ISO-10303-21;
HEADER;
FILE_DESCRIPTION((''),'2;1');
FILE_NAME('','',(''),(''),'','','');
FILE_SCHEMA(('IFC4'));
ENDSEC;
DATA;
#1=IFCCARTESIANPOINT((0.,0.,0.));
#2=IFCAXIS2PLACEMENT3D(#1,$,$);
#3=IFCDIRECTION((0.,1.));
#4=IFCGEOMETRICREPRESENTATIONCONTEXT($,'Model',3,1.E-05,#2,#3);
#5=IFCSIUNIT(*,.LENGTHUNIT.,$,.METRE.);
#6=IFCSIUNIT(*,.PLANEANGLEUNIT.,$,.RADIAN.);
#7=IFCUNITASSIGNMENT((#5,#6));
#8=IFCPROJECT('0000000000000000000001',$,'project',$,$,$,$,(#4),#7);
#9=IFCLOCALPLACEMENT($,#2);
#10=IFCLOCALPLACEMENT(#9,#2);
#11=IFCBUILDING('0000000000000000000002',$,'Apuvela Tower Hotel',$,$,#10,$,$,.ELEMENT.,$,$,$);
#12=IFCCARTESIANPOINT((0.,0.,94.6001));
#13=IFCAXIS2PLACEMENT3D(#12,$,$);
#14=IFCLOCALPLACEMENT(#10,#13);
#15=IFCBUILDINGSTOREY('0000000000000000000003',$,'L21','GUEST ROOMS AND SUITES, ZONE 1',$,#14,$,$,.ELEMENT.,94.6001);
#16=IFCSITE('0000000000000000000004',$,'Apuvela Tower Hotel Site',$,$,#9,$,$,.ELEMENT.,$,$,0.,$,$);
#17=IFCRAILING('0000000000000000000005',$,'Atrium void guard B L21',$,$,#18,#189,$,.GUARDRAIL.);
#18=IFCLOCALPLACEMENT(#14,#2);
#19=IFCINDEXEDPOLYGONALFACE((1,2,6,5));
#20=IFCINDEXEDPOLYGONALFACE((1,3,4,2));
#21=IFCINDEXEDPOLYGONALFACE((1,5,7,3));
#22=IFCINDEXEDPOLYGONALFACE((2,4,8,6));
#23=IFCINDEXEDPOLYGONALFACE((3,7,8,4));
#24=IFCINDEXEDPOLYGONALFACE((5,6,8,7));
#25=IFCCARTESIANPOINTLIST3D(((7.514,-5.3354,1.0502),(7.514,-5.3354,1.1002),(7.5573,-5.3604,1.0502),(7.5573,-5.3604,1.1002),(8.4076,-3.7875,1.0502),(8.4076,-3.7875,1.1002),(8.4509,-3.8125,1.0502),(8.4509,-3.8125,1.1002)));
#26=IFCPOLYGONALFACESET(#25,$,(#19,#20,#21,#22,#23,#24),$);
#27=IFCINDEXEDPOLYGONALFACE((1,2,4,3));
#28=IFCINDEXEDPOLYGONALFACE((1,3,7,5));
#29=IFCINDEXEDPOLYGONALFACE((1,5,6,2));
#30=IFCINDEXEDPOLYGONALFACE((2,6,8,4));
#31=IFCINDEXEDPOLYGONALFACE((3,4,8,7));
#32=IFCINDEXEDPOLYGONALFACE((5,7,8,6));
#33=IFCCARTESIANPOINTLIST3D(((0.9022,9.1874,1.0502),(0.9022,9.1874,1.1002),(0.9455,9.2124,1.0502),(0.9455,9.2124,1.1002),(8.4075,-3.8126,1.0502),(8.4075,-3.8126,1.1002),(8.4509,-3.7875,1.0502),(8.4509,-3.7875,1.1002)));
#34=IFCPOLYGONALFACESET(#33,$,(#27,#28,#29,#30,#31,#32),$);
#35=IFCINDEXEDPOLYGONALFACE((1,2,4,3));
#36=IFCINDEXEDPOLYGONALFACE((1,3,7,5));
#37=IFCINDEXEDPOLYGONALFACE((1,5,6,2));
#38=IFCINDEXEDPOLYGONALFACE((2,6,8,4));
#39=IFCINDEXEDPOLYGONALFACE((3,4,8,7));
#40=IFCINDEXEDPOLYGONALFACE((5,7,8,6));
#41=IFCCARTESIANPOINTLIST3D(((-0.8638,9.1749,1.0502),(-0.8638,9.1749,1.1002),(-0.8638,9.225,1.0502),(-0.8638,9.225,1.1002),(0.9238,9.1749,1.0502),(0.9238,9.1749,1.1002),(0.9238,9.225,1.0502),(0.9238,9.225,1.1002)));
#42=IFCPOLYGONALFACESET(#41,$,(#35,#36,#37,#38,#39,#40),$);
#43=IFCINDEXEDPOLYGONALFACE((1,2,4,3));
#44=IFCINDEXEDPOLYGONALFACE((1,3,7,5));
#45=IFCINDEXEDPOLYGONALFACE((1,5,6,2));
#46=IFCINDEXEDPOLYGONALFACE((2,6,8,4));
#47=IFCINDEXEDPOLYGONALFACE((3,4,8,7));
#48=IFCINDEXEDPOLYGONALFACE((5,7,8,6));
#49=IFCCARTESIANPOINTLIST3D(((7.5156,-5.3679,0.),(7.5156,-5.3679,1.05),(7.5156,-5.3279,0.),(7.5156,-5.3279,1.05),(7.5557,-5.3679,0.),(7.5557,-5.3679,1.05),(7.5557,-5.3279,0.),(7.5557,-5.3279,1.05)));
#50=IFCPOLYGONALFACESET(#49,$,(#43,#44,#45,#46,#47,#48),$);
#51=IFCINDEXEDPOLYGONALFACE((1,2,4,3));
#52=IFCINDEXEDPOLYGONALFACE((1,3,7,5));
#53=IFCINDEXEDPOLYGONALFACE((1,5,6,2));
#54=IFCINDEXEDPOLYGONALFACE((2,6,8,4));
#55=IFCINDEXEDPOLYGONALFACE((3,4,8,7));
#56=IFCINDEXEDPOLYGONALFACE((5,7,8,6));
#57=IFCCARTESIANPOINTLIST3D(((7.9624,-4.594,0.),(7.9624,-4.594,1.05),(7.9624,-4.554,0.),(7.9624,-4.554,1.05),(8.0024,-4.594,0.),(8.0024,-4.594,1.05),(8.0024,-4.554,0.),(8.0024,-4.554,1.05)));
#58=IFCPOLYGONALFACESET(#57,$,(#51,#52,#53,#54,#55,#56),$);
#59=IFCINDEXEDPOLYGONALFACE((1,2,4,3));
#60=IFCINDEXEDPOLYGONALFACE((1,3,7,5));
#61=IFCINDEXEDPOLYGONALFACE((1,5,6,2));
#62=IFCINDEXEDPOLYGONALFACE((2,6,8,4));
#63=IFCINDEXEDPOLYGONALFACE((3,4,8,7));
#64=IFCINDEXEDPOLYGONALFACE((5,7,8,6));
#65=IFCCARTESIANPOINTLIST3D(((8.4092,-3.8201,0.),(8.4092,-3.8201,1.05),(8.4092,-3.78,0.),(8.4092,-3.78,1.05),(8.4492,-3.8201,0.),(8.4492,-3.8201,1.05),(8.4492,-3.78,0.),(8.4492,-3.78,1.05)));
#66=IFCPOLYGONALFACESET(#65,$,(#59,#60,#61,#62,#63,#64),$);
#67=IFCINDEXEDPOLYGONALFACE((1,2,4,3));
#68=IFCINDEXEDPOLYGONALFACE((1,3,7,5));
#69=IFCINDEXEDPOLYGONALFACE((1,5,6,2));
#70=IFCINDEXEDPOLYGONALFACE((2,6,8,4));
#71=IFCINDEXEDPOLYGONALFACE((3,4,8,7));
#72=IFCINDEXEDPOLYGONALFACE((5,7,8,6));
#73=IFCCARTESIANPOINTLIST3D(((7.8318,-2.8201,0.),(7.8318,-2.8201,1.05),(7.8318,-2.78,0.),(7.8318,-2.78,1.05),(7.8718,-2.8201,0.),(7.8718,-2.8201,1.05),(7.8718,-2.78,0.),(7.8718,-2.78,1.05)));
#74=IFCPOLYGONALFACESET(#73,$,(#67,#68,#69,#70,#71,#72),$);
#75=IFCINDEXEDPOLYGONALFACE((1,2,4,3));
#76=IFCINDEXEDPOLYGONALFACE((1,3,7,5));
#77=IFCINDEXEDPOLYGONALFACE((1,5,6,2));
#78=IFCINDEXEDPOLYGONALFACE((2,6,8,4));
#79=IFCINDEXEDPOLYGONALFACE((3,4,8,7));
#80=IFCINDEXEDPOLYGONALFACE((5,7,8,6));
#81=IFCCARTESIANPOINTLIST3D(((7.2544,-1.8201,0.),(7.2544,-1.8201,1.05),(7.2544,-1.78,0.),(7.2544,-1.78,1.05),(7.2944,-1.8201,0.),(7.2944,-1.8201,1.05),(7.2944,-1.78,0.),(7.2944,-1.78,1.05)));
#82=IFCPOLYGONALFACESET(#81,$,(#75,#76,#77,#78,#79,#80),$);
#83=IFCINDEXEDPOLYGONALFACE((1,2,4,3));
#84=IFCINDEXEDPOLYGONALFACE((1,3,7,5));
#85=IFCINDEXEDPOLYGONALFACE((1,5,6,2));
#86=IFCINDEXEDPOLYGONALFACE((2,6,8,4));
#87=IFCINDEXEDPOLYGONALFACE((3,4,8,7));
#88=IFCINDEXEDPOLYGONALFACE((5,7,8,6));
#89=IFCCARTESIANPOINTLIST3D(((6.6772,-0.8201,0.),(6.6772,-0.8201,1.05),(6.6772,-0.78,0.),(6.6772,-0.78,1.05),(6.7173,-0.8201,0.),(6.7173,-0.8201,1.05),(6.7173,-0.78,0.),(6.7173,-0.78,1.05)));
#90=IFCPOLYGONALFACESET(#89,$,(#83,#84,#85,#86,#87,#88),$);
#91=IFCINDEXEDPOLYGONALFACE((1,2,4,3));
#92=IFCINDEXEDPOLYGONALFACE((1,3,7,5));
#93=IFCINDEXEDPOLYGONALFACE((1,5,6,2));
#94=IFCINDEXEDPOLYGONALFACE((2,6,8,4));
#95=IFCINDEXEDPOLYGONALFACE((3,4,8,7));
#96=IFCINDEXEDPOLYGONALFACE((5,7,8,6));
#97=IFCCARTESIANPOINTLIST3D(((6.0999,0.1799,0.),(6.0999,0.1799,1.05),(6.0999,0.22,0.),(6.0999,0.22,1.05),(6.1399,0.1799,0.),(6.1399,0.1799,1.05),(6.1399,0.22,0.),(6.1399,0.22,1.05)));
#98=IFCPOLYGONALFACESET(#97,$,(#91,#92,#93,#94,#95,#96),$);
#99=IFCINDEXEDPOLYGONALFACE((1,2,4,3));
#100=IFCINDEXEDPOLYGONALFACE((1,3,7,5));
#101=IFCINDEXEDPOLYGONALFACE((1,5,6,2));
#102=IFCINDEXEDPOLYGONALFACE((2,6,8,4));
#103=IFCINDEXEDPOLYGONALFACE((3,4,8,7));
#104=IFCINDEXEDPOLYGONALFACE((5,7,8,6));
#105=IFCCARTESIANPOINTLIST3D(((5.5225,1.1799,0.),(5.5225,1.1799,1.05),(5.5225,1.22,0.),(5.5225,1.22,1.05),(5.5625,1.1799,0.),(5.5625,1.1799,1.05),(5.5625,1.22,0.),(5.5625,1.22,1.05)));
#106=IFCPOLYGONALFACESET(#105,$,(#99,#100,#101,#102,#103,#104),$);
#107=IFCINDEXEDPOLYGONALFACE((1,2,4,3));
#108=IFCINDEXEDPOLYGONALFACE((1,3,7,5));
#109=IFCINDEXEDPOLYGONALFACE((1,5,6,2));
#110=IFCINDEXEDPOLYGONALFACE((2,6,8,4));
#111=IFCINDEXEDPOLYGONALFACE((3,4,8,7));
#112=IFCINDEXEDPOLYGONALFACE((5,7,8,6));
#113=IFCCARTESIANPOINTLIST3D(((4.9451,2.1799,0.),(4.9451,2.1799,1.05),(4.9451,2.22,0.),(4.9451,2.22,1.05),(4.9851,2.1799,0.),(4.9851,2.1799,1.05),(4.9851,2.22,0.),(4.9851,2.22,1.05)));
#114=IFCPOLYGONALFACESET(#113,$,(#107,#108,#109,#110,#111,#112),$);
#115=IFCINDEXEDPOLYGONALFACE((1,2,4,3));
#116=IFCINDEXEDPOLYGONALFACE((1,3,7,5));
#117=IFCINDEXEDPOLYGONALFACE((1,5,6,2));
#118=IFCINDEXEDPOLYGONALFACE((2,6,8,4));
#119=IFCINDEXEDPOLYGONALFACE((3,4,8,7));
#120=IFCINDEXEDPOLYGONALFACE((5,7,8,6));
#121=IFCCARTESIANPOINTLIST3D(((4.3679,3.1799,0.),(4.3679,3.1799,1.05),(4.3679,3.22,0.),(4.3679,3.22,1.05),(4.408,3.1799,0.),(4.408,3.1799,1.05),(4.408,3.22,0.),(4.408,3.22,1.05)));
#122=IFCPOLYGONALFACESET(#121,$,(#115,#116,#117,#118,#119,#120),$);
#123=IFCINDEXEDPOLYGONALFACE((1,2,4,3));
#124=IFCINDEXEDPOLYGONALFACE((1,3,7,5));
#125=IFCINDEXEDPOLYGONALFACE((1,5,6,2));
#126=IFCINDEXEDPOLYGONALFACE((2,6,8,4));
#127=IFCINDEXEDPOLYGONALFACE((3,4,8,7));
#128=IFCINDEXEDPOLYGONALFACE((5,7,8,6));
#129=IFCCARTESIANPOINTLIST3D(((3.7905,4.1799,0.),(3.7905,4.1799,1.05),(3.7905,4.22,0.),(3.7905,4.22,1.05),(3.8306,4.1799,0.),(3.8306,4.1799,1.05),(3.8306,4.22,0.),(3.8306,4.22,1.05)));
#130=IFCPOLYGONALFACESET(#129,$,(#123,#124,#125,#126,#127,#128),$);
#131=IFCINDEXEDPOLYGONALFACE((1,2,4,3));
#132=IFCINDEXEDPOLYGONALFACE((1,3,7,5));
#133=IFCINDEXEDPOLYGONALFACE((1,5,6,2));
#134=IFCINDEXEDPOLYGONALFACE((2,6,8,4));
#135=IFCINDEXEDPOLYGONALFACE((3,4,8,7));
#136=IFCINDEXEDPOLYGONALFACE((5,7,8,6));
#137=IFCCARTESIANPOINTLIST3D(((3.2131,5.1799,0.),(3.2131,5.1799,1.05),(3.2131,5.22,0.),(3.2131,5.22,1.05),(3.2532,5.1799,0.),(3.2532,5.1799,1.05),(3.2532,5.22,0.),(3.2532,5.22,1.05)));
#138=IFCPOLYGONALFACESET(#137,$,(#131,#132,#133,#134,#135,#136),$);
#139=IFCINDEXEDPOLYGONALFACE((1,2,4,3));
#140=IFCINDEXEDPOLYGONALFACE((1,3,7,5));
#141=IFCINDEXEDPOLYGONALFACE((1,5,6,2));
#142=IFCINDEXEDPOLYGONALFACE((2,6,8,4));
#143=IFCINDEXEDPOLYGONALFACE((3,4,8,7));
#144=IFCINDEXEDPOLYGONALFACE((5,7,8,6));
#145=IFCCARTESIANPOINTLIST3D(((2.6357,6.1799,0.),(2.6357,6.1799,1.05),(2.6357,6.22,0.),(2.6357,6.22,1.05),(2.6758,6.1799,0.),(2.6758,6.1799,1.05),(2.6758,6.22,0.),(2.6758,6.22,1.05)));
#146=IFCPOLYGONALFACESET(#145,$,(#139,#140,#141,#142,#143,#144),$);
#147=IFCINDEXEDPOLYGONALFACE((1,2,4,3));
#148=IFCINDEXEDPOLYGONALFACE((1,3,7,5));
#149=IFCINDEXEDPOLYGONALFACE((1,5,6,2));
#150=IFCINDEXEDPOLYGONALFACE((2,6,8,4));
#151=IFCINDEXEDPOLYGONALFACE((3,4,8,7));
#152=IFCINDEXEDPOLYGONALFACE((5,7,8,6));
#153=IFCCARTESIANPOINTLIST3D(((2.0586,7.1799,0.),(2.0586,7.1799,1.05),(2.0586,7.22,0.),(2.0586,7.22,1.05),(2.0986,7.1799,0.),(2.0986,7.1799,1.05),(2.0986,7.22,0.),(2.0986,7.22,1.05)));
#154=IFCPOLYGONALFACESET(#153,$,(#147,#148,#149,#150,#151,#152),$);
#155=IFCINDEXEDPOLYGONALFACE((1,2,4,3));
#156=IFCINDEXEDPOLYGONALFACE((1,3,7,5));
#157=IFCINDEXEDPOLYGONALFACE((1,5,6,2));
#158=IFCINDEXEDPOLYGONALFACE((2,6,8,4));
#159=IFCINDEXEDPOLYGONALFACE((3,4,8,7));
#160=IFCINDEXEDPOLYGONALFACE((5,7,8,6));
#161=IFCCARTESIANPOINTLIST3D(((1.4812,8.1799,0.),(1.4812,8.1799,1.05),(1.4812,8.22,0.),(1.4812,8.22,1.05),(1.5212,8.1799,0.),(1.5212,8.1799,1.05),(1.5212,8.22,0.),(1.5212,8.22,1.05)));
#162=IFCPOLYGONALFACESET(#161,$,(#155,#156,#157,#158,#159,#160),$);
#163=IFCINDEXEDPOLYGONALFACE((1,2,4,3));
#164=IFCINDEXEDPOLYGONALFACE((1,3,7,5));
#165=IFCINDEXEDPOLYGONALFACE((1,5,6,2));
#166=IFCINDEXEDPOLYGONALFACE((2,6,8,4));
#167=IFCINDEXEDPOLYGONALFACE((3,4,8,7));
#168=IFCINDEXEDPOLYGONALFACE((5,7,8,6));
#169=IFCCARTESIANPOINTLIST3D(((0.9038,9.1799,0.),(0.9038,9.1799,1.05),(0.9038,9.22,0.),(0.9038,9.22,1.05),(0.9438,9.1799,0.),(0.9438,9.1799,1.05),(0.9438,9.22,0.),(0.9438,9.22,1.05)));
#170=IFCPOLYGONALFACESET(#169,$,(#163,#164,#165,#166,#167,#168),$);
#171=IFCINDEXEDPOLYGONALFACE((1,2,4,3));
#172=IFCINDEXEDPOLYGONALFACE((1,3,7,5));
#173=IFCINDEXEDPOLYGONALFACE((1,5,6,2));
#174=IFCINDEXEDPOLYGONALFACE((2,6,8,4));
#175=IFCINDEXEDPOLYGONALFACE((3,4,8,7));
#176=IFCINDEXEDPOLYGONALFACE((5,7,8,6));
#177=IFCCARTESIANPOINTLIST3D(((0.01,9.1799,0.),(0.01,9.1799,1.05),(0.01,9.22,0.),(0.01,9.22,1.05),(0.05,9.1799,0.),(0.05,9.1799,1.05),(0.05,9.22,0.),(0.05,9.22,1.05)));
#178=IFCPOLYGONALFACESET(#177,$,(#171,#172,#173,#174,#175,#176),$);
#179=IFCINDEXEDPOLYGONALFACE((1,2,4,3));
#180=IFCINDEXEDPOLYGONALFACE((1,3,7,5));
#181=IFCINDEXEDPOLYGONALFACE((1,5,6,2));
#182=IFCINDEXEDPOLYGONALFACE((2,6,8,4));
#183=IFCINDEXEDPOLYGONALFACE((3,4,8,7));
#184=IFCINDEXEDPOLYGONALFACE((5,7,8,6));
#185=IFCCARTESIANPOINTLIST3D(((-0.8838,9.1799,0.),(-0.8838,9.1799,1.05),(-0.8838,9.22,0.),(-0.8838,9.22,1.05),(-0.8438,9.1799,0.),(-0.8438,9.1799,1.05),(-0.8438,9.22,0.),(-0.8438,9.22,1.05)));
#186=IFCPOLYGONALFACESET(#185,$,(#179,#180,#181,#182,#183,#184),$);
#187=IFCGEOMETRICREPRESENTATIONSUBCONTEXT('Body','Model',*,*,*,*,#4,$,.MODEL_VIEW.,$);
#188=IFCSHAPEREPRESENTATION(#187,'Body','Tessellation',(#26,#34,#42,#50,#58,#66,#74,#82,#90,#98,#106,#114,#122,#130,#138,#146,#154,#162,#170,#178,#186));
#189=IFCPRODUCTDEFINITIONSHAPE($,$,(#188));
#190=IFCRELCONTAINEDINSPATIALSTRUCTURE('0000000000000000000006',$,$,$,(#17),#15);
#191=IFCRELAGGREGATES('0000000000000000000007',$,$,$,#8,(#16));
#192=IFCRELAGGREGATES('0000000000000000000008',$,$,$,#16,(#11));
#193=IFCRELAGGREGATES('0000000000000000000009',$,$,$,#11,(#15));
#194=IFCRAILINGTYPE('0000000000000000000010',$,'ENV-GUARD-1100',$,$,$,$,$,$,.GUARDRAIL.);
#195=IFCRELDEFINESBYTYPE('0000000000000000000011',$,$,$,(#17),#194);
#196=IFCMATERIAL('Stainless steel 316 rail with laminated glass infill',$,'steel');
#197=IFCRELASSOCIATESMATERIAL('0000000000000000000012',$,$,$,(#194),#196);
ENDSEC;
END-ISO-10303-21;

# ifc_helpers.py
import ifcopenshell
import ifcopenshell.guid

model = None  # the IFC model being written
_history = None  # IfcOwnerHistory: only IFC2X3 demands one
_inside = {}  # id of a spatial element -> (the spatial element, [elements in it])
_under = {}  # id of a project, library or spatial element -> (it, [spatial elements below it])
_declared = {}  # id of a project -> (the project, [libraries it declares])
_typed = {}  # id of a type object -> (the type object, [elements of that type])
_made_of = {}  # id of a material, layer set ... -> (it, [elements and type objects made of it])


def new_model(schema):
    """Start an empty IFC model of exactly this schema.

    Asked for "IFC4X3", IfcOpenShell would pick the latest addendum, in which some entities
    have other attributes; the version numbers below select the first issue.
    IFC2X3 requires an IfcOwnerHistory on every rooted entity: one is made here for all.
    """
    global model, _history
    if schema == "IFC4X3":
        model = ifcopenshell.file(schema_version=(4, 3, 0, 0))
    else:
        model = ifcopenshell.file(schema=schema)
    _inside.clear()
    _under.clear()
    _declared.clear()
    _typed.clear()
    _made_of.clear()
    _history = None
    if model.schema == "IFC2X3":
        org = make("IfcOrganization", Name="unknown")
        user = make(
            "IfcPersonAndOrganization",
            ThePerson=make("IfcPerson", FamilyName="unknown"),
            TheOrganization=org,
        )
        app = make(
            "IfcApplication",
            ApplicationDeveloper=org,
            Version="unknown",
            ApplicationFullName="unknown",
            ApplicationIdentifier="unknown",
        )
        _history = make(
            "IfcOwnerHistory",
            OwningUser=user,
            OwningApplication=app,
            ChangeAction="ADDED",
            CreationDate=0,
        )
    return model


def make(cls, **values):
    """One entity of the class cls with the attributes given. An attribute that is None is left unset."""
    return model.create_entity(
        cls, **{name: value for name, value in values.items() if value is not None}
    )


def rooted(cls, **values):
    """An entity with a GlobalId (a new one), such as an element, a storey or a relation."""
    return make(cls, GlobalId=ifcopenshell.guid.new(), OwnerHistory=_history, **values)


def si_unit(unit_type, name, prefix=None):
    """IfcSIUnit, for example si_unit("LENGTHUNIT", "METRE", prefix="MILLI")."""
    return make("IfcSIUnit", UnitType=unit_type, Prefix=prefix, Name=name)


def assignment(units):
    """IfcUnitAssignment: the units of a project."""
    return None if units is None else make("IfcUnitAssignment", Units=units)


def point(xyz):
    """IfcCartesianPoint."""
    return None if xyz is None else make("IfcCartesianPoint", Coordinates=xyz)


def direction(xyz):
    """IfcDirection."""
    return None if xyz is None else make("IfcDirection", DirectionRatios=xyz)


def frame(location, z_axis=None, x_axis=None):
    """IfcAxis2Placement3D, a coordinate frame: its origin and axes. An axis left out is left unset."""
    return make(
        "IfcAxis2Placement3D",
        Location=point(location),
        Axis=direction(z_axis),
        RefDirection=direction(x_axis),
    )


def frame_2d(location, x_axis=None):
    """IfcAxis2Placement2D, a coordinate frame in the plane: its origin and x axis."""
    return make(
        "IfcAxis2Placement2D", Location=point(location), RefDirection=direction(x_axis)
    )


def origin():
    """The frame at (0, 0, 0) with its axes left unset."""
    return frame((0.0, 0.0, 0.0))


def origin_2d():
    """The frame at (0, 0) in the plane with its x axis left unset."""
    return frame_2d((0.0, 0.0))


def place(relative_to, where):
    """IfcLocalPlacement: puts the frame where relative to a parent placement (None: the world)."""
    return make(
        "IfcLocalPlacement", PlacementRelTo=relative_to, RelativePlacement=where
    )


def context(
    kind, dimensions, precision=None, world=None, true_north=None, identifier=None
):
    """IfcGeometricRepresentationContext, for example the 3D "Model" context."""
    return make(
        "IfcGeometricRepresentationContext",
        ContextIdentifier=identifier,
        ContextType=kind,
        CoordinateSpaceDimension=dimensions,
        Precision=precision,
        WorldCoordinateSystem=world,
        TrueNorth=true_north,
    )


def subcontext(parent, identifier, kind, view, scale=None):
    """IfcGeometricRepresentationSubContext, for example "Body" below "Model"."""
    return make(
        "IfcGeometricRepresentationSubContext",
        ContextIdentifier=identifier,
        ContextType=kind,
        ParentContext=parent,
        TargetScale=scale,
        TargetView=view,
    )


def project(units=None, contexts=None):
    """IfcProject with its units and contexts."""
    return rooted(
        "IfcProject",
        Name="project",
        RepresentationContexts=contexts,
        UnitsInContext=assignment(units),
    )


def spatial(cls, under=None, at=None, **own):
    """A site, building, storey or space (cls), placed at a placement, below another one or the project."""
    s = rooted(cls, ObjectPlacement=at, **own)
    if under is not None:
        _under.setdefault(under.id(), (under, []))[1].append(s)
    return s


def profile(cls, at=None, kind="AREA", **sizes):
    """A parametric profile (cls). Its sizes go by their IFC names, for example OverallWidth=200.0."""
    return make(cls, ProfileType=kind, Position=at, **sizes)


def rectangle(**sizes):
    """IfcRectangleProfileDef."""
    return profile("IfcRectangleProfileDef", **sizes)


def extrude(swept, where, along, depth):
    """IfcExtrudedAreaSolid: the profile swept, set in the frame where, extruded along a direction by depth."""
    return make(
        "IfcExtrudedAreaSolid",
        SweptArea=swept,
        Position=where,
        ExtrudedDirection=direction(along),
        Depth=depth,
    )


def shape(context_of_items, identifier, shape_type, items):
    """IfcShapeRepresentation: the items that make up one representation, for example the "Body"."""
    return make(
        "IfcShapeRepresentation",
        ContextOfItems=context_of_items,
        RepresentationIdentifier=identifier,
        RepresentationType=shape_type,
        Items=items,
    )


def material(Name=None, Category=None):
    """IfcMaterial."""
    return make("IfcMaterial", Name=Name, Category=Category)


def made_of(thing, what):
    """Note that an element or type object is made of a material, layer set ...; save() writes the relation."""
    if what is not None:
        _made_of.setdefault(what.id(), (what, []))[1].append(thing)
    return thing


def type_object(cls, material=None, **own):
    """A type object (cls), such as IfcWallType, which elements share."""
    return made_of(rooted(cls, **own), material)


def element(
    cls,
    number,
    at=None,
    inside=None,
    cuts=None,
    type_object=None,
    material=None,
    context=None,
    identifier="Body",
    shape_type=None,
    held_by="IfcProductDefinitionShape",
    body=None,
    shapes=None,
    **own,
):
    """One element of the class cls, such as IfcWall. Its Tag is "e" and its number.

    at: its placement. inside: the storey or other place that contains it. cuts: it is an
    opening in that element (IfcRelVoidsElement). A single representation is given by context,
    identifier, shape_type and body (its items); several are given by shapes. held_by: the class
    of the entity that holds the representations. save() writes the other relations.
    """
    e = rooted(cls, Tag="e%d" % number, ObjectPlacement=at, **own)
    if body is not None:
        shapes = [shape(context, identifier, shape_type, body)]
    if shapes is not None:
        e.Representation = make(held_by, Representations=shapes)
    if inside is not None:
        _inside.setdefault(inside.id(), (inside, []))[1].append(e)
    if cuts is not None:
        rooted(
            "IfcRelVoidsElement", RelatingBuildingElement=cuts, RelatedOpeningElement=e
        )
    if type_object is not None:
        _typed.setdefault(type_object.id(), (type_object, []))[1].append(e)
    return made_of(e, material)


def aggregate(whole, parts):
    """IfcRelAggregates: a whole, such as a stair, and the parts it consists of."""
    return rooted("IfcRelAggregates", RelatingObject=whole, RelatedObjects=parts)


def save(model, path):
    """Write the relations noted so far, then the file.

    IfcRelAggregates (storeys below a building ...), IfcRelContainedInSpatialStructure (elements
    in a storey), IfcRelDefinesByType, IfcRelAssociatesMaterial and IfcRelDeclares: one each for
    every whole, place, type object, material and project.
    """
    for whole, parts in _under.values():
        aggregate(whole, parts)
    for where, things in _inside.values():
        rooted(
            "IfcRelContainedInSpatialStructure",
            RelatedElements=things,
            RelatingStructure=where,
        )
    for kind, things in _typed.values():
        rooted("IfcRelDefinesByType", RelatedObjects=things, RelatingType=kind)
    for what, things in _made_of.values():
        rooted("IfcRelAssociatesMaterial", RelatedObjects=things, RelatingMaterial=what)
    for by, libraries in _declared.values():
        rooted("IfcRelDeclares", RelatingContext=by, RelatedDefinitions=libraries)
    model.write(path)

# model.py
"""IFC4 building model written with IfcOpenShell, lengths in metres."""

from ifc_helpers import new_model, si_unit, direction, frame, origin, origin_2d, place, context, subcontext, project, spatial, rectangle, extrude, material, type_object, element, save


model = new_model("IFC4")

# Units and contexts
model_context = context("Model", 3, precision=1e-05, world=origin(), true_north=direction((0.0, 1.0)))
body_context = subcontext(model_context, "Body", "Model", "MODEL_VIEW")
ifc_project = project(units=[si_unit("LENGTHUNIT", "METRE"), si_unit("PLANEANGLEUNIT", "RADIAN")], contexts=[model_context])

# Site, building, storey
site_placement = place(None, origin())
site = spatial("IfcSite", under=ifc_project, at=site_placement, Name="Apuvela Tower Hotel Site", CompositionType="ELEMENT", RefElevation=0.0)
building_placement = place(site_placement, origin())
building = spatial("IfcBuilding", under=site, at=building_placement, Name="Apuvela Tower Hotel", CompositionType="ELEMENT")
storey_placement = place(building_placement, frame((0.0, 0.0, 94.6001)))
storey = spatial("IfcBuildingStorey", under=building, at=storey_placement, Name="L21", Description="GUEST ROOMS AND SUITES, ZONE 1", CompositionType="ELEMENT", Elevation=94.6001)

# Railing
ifc_material_1 = material(Name="Stainless steel 316 rail with laminated glass infill", Category="steel")
railing_type_1 = type_object("IfcRailingType", Name="ENV-GUARD-1100", PredefinedType="GUARDRAIL", material=ifc_material_1)
railing_1_placement = place(storey_placement, frame((7.5356, -5.3479, 0.0)))
element("IfcRailing", 1, at=railing_1_placement, inside=storey, type_object=railing_type_1, Name="Atrium void guard B L21", PredefinedType="GUARDRAIL", context=body_context, shape_type="SweptSolid", body=[
    extrude(rectangle(XDim=0.05, YDim=0.05, at=origin_2d()), frame((0.0, 0.0, 1.0752), z_axis=(0.499959, 0.866049, 0.0), x_axis=(-0.866049, 0.499959, 0.0)), (0.0, 0.0, 1.0), 1.7874),
    extrude(rectangle(XDim=0.05, YDim=0.05, at=origin_2d()), frame((0.8936, 1.5479, 1.0752), z_axis=(-0.499991, 0.866031, 0.0), x_axis=(-0.866031, -0.499991, 0.0)), (0.0, 0.0, 1.0), 15.011),
    extrude(rectangle(XDim=0.05, YDim=0.05, at=origin_2d()), frame((-6.6118, 14.5479, 1.0752), z_axis=(-1.0, 0.0, 0.0), x_axis=(0.0, -1.0, 0.0)), (0.0, 0.0, 1.0), 1.7876),
    extrude(rectangle(XDim=0.04, YDim=0.04, at=origin_2d()), origin(), (0.0, 0.0, 1.0), 1.05),
    extrude(rectangle(XDim=0.04, YDim=0.04, at=origin_2d()), frame((0.4468, 0.7739, 0.0)), (0.0, 0.0, 1.0), 1.05),
    extrude(rectangle(XDim=0.04, YDim=0.04, at=origin_2d()), frame((0.8936, 1.5479, 0.0)), (0.0, 0.0, 1.0), 1.05),
    extrude(rectangle(XDim=0.04, YDim=0.04, at=origin_2d()), frame((0.3162, 2.5479, 0.0)), (0.0, 0.0, 1.0), 1.05),
    extrude(rectangle(XDim=0.04, YDim=0.04, at=origin_2d()), frame((-0.2612, 3.5479, 0.0)), (0.0, 0.0, 1.0), 1.05),
    extrude(rectangle(XDim=0.04, YDim=0.04, at=origin_2d()), frame((-0.8384, 4.5479, 0.0)), (0.0, 0.0, 1.0), 1.05),
    extrude(rectangle(XDim=0.04, YDim=0.04, at=origin_2d()), frame((-1.4158, 5.5479, 0.0)), (0.0, 0.0, 1.0), 1.05),
    extrude(rectangle(XDim=0.04, YDim=0.04, at=origin_2d()), frame((-1.9932, 6.5479, 0.0)), (0.0, 0.0, 1.0), 1.05),
    extrude(rectangle(XDim=0.04, YDim=0.04, at=origin_2d()), frame((-2.5706, 7.5479, 0.0)), (0.0, 0.0, 1.0), 1.05),
    extrude(rectangle(XDim=0.04, YDim=0.04, at=origin_2d()), frame((-3.1477, 8.5479, 0.0)), (0.0, 0.0, 1.0), 1.05),
    extrude(rectangle(XDim=0.04, YDim=0.04, at=origin_2d()), frame((-3.7251, 9.5479, 0.0)), (0.0, 0.0, 1.0), 1.05),
    extrude(rectangle(XDim=0.04, YDim=0.04, at=origin_2d()), frame((-4.3025, 10.5479, 0.0)), (0.0, 0.0, 1.0), 1.05),
    extrude(rectangle(XDim=0.04, YDim=0.04, at=origin_2d()), frame((-4.8799, 11.5479, 0.0)), (0.0, 0.0, 1.0), 1.05),
    extrude(rectangle(XDim=0.04, YDim=0.04, at=origin_2d()), frame((-5.457, 12.5479, 0.0)), (0.0, 0.0, 1.0), 1.05),
    extrude(rectangle(XDim=0.04, YDim=0.04, at=origin_2d()), frame((-6.0344, 13.5479, 0.0)), (0.0, 0.0, 1.0), 1.05),
    extrude(rectangle(XDim=0.04, YDim=0.04, at=origin_2d()), frame((-6.6118, 14.5479, 0.0)), (0.0, 0.0, 1.0), 1.05),
    extrude(rectangle(XDim=0.04, YDim=0.04, at=origin_2d()), frame((-7.5056, 14.5479, 0.0)), (0.0, 0.0, 1.0), 1.05),
    extrude(rectangle(XDim=0.04, YDim=0.04, at=origin_2d()), frame((-8.3994, 14.5479, 0.0)), (0.0, 0.0, 1.0), 1.05),
])

save(model, "model.ifc")
